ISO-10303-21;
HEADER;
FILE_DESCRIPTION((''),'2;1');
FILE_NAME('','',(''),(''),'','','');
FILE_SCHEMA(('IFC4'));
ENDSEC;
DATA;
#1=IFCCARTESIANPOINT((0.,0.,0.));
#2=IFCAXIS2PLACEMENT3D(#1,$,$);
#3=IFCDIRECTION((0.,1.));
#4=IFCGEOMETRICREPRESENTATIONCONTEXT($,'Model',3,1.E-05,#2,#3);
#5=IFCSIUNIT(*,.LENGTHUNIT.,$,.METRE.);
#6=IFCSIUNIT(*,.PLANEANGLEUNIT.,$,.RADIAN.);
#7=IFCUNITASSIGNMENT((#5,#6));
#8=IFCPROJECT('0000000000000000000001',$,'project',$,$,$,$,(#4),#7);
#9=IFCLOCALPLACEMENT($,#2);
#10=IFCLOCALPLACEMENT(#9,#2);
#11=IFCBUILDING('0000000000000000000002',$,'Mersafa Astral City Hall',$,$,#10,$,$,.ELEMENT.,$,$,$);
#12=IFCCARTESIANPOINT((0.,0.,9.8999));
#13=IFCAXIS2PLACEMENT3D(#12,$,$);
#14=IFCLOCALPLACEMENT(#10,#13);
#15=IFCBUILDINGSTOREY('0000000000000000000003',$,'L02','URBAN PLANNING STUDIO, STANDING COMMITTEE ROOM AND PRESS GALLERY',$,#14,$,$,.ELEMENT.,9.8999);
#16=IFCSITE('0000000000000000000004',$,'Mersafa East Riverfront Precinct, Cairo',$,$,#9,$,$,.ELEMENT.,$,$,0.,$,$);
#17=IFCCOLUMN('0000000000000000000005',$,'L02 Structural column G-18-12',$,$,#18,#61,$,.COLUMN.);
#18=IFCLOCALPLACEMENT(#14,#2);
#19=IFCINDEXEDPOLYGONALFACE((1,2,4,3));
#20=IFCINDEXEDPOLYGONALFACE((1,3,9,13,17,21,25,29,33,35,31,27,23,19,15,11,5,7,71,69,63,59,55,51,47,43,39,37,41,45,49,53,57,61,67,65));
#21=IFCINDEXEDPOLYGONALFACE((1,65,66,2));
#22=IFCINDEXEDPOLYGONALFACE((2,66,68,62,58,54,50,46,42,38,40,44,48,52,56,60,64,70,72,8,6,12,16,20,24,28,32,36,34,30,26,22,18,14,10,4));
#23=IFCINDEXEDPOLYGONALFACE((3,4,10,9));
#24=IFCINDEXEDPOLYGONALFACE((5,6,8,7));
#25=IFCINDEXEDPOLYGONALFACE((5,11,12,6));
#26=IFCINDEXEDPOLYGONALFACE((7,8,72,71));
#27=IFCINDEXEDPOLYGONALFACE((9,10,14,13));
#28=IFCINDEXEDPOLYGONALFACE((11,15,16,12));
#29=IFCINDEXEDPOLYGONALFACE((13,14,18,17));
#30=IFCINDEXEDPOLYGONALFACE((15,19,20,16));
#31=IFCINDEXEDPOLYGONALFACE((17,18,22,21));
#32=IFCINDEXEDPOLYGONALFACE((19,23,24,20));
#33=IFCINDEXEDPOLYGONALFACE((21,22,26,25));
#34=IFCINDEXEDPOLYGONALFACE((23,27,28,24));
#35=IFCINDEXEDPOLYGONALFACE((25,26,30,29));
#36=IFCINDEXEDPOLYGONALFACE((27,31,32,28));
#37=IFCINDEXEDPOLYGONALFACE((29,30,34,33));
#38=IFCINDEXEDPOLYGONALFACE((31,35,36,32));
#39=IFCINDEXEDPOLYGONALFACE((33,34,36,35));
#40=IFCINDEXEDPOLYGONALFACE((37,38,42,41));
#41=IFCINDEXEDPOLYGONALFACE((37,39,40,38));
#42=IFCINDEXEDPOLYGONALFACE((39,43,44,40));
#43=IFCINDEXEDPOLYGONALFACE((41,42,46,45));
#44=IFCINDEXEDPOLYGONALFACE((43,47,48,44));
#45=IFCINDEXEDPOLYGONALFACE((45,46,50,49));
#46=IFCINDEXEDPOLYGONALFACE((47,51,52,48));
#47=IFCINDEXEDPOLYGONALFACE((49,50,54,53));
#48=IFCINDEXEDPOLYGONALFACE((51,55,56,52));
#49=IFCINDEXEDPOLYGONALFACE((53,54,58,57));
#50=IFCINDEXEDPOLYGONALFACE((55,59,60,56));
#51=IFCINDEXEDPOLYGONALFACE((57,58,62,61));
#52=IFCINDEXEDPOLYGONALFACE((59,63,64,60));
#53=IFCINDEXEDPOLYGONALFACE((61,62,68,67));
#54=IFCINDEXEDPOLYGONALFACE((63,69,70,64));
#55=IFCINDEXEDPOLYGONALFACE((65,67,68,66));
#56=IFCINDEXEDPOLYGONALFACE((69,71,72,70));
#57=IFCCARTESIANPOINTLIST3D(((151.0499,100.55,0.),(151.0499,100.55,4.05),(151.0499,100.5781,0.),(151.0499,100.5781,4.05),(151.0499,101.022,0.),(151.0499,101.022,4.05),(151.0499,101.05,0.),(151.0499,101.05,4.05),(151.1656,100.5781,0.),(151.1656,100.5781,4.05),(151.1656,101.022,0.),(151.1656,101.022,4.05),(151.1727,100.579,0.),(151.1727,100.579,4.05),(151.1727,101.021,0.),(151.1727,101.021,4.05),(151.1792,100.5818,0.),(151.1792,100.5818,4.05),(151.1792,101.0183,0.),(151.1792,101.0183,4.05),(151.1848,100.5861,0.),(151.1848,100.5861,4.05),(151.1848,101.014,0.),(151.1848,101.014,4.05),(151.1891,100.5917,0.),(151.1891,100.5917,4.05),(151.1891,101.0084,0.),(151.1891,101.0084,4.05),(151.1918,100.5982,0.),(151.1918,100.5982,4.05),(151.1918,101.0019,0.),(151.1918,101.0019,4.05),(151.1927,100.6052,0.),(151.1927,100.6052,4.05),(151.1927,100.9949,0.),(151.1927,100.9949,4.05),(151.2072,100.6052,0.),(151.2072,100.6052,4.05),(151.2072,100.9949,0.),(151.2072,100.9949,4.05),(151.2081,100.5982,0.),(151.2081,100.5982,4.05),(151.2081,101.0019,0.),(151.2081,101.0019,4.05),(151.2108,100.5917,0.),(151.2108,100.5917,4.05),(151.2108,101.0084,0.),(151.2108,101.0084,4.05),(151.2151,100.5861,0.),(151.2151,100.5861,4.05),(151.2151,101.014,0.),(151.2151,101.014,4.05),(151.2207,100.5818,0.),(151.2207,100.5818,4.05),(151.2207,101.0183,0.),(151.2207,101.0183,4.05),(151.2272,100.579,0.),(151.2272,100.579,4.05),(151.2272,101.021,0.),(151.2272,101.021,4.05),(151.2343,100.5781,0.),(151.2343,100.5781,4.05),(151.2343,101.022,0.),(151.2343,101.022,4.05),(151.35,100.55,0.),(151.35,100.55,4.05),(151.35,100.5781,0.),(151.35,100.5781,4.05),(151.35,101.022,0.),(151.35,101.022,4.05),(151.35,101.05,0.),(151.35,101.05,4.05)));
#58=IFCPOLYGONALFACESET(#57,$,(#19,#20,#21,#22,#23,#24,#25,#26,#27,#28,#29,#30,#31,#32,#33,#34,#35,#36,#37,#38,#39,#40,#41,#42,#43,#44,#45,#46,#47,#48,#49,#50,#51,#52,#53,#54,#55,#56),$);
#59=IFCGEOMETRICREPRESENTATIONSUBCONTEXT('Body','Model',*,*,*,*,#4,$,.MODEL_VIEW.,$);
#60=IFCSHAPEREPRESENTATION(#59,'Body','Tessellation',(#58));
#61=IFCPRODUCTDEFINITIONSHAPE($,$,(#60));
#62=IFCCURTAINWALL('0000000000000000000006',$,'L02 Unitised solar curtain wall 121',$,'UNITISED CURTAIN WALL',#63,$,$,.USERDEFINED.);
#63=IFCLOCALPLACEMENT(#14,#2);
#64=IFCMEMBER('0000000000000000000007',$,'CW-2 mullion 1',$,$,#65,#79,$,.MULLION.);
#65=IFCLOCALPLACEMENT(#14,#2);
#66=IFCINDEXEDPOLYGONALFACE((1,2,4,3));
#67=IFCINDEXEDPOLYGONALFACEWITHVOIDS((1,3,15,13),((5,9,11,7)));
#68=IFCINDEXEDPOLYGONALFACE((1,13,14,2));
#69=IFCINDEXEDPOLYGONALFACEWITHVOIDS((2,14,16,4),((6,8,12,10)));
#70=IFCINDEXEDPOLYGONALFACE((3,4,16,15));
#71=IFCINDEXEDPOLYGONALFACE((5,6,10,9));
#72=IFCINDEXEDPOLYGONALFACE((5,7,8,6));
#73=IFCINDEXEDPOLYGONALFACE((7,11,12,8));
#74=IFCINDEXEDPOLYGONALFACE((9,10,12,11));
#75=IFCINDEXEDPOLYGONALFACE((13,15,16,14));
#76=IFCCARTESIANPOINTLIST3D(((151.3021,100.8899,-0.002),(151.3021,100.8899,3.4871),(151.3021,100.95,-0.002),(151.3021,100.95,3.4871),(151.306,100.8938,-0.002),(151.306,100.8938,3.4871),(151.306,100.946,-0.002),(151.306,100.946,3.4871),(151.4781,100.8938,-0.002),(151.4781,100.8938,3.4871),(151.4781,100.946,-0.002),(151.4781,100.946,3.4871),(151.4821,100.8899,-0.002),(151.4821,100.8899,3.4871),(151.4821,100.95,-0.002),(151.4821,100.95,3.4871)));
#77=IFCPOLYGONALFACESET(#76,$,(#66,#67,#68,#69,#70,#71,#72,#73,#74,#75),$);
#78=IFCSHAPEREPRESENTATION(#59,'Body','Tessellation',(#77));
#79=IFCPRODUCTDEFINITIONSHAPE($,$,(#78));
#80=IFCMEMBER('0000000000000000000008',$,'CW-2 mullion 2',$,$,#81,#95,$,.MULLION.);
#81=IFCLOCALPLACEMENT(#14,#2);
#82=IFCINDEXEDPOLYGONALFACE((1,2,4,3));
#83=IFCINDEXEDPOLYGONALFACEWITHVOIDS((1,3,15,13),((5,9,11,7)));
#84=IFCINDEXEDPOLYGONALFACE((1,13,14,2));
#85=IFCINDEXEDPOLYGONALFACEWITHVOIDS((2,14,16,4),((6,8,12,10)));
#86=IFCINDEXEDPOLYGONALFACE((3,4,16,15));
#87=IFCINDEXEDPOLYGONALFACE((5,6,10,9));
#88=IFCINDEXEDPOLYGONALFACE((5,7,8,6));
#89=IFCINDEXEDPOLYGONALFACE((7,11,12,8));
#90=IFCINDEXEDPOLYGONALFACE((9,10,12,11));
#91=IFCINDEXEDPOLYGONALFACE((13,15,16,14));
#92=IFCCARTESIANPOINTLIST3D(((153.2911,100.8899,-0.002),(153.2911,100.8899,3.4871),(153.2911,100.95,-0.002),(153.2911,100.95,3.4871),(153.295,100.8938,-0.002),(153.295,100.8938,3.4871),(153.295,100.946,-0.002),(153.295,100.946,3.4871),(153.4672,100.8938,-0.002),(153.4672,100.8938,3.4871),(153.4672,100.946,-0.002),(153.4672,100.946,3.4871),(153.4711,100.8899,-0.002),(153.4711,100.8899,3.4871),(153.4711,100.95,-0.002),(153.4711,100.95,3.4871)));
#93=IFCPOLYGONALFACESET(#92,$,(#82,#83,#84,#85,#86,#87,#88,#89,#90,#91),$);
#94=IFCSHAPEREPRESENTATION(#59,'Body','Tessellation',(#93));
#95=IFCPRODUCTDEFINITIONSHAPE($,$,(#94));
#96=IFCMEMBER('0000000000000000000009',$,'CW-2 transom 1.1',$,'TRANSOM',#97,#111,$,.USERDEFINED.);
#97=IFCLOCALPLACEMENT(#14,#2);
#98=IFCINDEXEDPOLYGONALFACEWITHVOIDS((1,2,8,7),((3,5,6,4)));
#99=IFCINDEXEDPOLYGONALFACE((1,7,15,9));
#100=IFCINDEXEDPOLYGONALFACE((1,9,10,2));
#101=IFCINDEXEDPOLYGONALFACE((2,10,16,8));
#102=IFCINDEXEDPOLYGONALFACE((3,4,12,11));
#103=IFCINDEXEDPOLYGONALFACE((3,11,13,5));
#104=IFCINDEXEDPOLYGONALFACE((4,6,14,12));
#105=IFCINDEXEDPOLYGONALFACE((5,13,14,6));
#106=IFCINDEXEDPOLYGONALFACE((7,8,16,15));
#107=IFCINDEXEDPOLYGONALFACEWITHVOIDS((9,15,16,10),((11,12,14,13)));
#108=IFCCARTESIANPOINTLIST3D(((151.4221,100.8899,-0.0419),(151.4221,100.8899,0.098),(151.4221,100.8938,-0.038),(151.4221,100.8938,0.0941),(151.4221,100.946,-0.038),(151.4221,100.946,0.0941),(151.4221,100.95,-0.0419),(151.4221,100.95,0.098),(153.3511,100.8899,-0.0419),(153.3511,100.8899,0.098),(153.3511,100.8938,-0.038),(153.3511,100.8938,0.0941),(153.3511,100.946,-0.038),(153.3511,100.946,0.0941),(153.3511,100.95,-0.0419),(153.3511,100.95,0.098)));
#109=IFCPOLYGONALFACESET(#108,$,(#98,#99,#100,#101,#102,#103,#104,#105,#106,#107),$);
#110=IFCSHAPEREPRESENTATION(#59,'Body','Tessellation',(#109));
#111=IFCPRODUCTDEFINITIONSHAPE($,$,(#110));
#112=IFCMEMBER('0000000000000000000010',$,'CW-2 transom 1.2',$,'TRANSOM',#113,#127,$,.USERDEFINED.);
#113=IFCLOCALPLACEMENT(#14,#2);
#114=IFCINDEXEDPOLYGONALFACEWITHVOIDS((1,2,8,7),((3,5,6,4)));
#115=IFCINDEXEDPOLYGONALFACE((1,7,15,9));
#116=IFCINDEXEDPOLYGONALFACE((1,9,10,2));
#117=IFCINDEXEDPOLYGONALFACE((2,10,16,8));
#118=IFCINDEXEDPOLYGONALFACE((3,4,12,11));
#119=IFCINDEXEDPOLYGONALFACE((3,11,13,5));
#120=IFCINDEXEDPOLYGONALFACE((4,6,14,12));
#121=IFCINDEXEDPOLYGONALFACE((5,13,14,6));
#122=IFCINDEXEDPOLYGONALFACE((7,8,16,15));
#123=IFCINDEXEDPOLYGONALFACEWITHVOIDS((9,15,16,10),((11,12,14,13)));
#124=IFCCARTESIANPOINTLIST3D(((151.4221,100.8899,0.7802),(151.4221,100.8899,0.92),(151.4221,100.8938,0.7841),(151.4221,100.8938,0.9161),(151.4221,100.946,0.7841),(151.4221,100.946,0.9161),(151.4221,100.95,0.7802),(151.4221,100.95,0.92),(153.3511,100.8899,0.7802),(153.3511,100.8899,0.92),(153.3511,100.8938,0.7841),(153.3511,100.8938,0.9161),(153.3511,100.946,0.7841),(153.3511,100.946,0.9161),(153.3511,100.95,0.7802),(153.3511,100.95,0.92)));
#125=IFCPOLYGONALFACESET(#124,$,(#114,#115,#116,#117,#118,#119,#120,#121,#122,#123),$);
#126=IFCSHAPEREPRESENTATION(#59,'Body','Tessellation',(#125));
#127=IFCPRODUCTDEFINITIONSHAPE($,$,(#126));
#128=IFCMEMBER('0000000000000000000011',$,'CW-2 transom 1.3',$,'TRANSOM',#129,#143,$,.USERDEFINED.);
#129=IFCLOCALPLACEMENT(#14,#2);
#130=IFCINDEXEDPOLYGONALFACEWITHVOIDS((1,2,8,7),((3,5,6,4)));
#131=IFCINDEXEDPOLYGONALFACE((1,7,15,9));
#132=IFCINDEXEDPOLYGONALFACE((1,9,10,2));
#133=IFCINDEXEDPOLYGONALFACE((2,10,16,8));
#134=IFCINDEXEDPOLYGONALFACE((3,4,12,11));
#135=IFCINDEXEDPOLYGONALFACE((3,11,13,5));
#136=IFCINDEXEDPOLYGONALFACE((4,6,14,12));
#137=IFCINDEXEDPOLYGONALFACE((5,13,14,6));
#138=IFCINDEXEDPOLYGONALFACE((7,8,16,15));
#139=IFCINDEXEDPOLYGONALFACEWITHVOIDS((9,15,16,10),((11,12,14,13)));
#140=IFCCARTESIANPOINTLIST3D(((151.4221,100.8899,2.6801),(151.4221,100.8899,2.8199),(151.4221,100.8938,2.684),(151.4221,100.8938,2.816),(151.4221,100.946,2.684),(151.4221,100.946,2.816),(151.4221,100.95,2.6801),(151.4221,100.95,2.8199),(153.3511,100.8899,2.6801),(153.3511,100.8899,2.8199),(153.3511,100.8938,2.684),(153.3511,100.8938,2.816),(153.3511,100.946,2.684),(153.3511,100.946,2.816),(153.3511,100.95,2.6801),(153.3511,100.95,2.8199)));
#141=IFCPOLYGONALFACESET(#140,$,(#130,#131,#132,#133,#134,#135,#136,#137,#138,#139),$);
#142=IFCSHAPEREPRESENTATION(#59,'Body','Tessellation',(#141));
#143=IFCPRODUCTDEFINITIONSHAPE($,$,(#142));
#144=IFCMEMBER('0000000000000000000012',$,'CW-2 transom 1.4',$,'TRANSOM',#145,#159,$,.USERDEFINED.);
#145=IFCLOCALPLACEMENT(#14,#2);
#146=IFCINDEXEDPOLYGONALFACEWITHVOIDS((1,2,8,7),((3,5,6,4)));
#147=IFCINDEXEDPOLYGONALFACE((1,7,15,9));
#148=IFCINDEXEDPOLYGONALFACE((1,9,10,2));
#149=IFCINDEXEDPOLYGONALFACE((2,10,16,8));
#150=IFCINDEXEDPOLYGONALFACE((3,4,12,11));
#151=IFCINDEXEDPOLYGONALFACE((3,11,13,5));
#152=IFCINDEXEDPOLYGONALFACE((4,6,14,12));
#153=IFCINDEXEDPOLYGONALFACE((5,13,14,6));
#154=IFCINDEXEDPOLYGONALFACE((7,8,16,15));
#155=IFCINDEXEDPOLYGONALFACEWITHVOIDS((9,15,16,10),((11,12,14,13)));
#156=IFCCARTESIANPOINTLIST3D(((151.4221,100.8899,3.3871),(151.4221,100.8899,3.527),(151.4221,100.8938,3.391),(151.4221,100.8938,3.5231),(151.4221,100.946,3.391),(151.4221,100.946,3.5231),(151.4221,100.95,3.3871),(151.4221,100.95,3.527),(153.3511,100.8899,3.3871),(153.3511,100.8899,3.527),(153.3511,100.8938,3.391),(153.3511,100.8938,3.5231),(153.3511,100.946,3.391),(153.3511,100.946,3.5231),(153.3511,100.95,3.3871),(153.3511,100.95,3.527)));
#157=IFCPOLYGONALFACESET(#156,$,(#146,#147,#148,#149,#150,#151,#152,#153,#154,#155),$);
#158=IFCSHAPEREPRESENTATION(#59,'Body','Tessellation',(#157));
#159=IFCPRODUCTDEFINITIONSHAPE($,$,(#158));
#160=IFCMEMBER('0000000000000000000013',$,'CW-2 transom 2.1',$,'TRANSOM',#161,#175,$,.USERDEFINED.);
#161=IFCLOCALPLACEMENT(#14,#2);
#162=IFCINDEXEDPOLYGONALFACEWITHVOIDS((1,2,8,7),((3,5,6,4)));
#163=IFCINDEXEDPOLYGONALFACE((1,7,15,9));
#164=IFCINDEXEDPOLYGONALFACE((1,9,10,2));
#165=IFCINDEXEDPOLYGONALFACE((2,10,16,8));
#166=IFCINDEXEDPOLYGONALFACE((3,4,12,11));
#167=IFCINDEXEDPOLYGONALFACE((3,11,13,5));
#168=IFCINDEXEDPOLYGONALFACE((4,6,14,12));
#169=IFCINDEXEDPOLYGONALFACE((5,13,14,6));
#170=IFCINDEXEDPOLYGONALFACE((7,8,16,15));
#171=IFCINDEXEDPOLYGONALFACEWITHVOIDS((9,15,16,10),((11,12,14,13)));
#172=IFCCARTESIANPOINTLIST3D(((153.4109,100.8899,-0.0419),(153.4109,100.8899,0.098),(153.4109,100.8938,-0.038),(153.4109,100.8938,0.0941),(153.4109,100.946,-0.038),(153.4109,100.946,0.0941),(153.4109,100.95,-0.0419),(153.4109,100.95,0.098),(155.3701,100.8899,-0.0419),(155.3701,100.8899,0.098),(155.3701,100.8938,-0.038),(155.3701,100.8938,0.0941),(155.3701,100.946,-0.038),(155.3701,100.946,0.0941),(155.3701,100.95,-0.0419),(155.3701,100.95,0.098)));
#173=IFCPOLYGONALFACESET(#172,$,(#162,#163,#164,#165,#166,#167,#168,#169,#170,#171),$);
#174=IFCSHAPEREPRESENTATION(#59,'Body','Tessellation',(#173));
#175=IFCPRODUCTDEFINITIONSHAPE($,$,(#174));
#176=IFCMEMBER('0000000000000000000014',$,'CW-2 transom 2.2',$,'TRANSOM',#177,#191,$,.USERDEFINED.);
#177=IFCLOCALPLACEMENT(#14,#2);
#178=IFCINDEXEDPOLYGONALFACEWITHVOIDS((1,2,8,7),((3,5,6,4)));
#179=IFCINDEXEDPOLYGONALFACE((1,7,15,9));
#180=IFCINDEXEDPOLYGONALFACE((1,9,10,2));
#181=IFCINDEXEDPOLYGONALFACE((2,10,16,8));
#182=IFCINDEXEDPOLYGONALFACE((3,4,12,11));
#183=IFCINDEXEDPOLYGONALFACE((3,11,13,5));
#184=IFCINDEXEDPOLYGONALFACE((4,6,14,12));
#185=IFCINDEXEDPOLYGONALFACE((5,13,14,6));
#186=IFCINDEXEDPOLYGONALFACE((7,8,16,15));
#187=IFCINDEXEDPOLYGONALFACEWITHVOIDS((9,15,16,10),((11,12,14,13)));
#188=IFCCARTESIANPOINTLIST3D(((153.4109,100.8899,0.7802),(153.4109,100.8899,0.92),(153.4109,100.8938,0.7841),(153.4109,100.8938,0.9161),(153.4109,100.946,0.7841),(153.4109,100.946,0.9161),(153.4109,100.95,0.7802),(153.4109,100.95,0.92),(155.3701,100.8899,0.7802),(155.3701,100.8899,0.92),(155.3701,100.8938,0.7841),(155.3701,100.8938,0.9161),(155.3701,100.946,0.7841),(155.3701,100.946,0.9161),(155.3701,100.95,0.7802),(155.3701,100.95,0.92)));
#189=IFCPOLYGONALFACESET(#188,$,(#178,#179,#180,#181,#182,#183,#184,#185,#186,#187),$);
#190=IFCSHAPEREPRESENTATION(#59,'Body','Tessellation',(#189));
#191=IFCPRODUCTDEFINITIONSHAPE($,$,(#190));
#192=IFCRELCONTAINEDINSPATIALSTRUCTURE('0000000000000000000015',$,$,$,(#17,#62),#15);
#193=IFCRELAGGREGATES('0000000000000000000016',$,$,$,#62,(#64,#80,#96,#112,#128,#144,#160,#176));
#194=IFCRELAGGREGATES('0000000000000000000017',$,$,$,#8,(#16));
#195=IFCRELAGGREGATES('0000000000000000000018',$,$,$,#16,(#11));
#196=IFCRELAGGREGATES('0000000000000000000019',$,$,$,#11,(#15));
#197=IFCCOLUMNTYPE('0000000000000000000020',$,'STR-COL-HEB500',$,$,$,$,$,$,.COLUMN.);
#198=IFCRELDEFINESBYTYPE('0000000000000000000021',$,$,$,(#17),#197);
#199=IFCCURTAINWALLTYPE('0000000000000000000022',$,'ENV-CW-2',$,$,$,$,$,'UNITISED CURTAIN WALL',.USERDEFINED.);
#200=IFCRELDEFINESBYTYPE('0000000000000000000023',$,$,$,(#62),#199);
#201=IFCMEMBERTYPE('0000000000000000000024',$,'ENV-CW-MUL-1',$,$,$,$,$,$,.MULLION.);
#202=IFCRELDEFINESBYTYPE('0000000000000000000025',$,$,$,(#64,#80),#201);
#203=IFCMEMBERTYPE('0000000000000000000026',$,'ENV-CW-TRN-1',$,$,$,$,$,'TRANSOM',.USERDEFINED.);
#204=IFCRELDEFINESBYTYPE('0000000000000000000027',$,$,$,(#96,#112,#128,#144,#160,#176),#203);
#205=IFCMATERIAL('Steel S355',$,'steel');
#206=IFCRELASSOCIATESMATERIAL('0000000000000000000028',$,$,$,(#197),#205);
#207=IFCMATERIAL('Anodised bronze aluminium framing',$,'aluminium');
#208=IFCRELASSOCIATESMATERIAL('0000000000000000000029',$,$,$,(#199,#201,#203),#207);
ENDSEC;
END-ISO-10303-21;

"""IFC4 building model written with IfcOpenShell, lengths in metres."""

from ifc_helpers import new_model, si_unit, direction, frame, origin, origin_2d, place, context, subcontext, project, spatial, hollow_rectangle, i_section, extrude, material, material_profile, profile_set, type_object, element, aggregate, save


model = new_model("IFC4")

# Units and contexts
model_context = context("Model", 3, precision=1e-05, world=origin(), true_north=direction((0.0, 1.0)))
body_context = subcontext(model_context, "Body", "Model", "MODEL_VIEW")
ifc_project = project(units=[si_unit("LENGTHUNIT", "METRE"), si_unit("PLANEANGLEUNIT", "RADIAN")], contexts=[model_context])

# Site, building, storey
site_placement = place(None, origin())
site = spatial("IfcSite", under=ifc_project, at=site_placement, Name="Mersafa East Riverfront Precinct, Cairo", CompositionType="ELEMENT", RefElevation=0.0)
building_placement = place(site_placement, origin())
building = spatial("IfcBuilding", under=site, at=building_placement, Name="Mersafa Astral City Hall", CompositionType="ELEMENT")
storey_placement = place(building_placement, frame((0.0, 0.0, 9.8999)))
storey = spatial("IfcBuildingStorey", under=building, at=storey_placement, Name="L02", Description="URBAN PLANNING STUDIO, STANDING COMMITTEE ROOM AND PRESS GALLERY", CompositionType="ELEMENT", Elevation=9.8999)

# Column
ifc_material_1 = material(Name="Steel S355", Category="steel")
ifc_material_profile_1 = material_profile(ifc_material_1, i_section(OverallWidth=0.3, OverallDepth=0.5, WebThickness=0.0144, FlangeThickness=0.0281, FilletRadius=0.0271, at=origin_2d()), Name="HEB 500")
ifc_profile_set_1 = profile_set([ifc_material_profile_1], Name="Steel S355")
column_type = type_object("IfcColumnType", Name="STR-COL-HEB500", PredefinedType="COLUMN", material=ifc_profile_set_1)
column_placement = place(storey_placement, frame((151.2, 100.8, 0.0), z_axis=(0.0, 0.0, 1.0), x_axis=(1.0, 0.0, 0.0)))
element("IfcColumn", 1, at=column_placement, inside=storey, type_object=column_type, Name="L02 Structural column G-18-12", PredefinedType="COLUMN", context=body_context, shape_type="SweptSolid", body=[
    extrude(i_section(OverallWidth=0.3, OverallDepth=0.5, WebThickness=0.0144, FlangeThickness=0.0281, FilletRadius=0.0271, at=origin_2d()), origin(), (0.0, 0.0, 1.0), 4.05),
])

# Curtain wall, members
ifc_material_2 = material(Name="Anodised bronze aluminium framing", Category="aluminium")
curtain_wall_type = type_object("IfcCurtainWallType", Name="ENV-CW-2", ElementType="UNITISED CURTAIN WALL", PredefinedType="USERDEFINED", material=ifc_material_2)
curtain_wall_placement = place(storey_placement, origin())
curtain_wall = element("IfcCurtainWall", 2, at=curtain_wall_placement, inside=storey, type_object=curtain_wall_type, Name="L02 Unitised solar curtain wall 121", ObjectType="UNITISED CURTAIN WALL", PredefinedType="USERDEFINED")
ifc_material_profile_2 = material_profile(ifc_material_2, hollow_rectangle(XDim=0.0601, YDim=0.1799, WallThickness=0.0039, at=origin_2d()), Name="RHS 60x180x4")
ifc_profile_set_2 = profile_set([ifc_material_profile_2], Name="Anodised bronze aluminium framing")
member_type_1 = type_object("IfcMemberType", Name="ENV-CW-MUL-1", PredefinedType="MULLION", material=ifc_profile_set_2)
member_1_placement = place(storey_placement, frame((151.3921, 100.9199, -0.002), z_axis=(0.0, 0.0, 1.0), x_axis=(0.0, 1.0, 0.0)))
member_1 = element("IfcMember", 3, at=member_1_placement, type_object=member_type_1, Name="CW-2 mullion 1", PredefinedType="MULLION", context=body_context, shape_type="SweptSolid", body=[
    extrude(hollow_rectangle(XDim=0.0601, YDim=0.1799, WallThickness=0.0039, at=origin_2d()), origin(), (0.0, 0.0, 1.0), 3.489),
])
member_2_placement = place(storey_placement, frame((153.3811, 100.9199, -0.002), z_axis=(0.0, 0.0, 1.0), x_axis=(0.0, 1.0, 0.0)))
member_2 = element("IfcMember", 4, at=member_2_placement, type_object=member_type_1, Name="CW-2 mullion 2", PredefinedType="MULLION", context=body_context, shape_type="SweptSolid", body=[
    extrude(hollow_rectangle(XDim=0.0601, YDim=0.1799, WallThickness=0.0039, at=origin_2d()), origin(), (0.0, 0.0, 1.0), 3.489),
])
ifc_material_profile_3 = material_profile(ifc_material_2, hollow_rectangle(XDim=0.0601, YDim=0.1399, WallThickness=0.0039, at=origin_2d()), Name="RHS 60x140x4")
ifc_profile_set_3 = profile_set([ifc_material_profile_3], Name="Anodised bronze aluminium framing")
member_type_2 = type_object("IfcMemberType", Name="ENV-CW-TRN-1", ElementType="TRANSOM", PredefinedType="USERDEFINED", material=ifc_profile_set_3)
member_3_placement = place(storey_placement, frame((151.4221, 100.9199, 0.0281), z_axis=(1.0, 0.0, 0.0), x_axis=(0.0, 1.0, 0.0)))
member_3 = element("IfcMember", 5, at=member_3_placement, type_object=member_type_2, Name="CW-2 transom 1.1", ObjectType="TRANSOM", PredefinedType="USERDEFINED", context=body_context, shape_type="SweptSolid", body=[
    extrude(hollow_rectangle(XDim=0.0601, YDim=0.1399, WallThickness=0.0039, at=origin_2d()), origin(), (0.0, 0.0, 1.0), 1.929),
])
member_4_placement = place(storey_placement, frame((151.4221, 100.9199, 0.8501), z_axis=(1.0, 0.0, 0.0), x_axis=(0.0, 1.0, 0.0)))
member_4 = element("IfcMember", 6, at=member_4_placement, type_object=member_type_2, Name="CW-2 transom 1.2", ObjectType="TRANSOM", PredefinedType="USERDEFINED", context=body_context, shape_type="SweptSolid", body=[
    extrude(hollow_rectangle(XDim=0.0601, YDim=0.1399, WallThickness=0.0039, at=origin_2d()), origin(), (0.0, 0.0, 1.0), 1.929),
])
member_5_placement = place(storey_placement, frame((151.4221, 100.9199, 2.75), z_axis=(1.0, 0.0, 0.0), x_axis=(0.0, 1.0, 0.0)))
member_5 = element("IfcMember", 7, at=member_5_placement, type_object=member_type_2, Name="CW-2 transom 1.3", ObjectType="TRANSOM", PredefinedType="USERDEFINED", context=body_context, shape_type="SweptSolid", body=[
    extrude(hollow_rectangle(XDim=0.0601, YDim=0.1399, WallThickness=0.0039, at=origin_2d()), origin(), (0.0, 0.0, 1.0), 1.929),
])
member_6_placement = place(storey_placement, frame((151.4221, 100.9199, 3.457), z_axis=(1.0, 0.0, 0.0), x_axis=(0.0, 1.0, 0.0)))
member_6 = element("IfcMember", 8, at=member_6_placement, type_object=member_type_2, Name="CW-2 transom 1.4", ObjectType="TRANSOM", PredefinedType="USERDEFINED", context=body_context, shape_type="SweptSolid", body=[
    extrude(hollow_rectangle(XDim=0.0601, YDim=0.1399, WallThickness=0.0039, at=origin_2d()), origin(), (0.0, 0.0, 1.0), 1.929),
])
member_7_placement = place(storey_placement, frame((153.4109, 100.9199, 0.0281), z_axis=(1.0, 0.0, 0.0), x_axis=(0.0, 1.0, 0.0)))
member_7 = element("IfcMember", 9, at=member_7_placement, type_object=member_type_2, Name="CW-2 transom 2.1", ObjectType="TRANSOM", PredefinedType="USERDEFINED", context=body_context, shape_type="SweptSolid", body=[
    extrude(hollow_rectangle(XDim=0.0601, YDim=0.1399, WallThickness=0.0039, at=origin_2d()), origin(), (0.0, 0.0, 1.0), 1.9592),
])
member_8_placement = place(storey_placement, frame((153.4109, 100.9199, 0.8501), z_axis=(1.0, 0.0, 0.0), x_axis=(0.0, 1.0, 0.0)))
member_8 = element("IfcMember", 10, at=member_8_placement, type_object=member_type_2, Name="CW-2 transom 2.2", ObjectType="TRANSOM", PredefinedType="USERDEFINED", context=body_context, shape_type="SweptSolid", body=[
    extrude(hollow_rectangle(XDim=0.0601, YDim=0.1399, WallThickness=0.0039, at=origin_2d()), origin(), (0.0, 0.0, 1.0), 1.9592),
])

aggregate(curtain_wall, [member_1, member_2, member_3, member_4, member_5, member_6, member_7, member_8])

save(model, "model.ifc")
